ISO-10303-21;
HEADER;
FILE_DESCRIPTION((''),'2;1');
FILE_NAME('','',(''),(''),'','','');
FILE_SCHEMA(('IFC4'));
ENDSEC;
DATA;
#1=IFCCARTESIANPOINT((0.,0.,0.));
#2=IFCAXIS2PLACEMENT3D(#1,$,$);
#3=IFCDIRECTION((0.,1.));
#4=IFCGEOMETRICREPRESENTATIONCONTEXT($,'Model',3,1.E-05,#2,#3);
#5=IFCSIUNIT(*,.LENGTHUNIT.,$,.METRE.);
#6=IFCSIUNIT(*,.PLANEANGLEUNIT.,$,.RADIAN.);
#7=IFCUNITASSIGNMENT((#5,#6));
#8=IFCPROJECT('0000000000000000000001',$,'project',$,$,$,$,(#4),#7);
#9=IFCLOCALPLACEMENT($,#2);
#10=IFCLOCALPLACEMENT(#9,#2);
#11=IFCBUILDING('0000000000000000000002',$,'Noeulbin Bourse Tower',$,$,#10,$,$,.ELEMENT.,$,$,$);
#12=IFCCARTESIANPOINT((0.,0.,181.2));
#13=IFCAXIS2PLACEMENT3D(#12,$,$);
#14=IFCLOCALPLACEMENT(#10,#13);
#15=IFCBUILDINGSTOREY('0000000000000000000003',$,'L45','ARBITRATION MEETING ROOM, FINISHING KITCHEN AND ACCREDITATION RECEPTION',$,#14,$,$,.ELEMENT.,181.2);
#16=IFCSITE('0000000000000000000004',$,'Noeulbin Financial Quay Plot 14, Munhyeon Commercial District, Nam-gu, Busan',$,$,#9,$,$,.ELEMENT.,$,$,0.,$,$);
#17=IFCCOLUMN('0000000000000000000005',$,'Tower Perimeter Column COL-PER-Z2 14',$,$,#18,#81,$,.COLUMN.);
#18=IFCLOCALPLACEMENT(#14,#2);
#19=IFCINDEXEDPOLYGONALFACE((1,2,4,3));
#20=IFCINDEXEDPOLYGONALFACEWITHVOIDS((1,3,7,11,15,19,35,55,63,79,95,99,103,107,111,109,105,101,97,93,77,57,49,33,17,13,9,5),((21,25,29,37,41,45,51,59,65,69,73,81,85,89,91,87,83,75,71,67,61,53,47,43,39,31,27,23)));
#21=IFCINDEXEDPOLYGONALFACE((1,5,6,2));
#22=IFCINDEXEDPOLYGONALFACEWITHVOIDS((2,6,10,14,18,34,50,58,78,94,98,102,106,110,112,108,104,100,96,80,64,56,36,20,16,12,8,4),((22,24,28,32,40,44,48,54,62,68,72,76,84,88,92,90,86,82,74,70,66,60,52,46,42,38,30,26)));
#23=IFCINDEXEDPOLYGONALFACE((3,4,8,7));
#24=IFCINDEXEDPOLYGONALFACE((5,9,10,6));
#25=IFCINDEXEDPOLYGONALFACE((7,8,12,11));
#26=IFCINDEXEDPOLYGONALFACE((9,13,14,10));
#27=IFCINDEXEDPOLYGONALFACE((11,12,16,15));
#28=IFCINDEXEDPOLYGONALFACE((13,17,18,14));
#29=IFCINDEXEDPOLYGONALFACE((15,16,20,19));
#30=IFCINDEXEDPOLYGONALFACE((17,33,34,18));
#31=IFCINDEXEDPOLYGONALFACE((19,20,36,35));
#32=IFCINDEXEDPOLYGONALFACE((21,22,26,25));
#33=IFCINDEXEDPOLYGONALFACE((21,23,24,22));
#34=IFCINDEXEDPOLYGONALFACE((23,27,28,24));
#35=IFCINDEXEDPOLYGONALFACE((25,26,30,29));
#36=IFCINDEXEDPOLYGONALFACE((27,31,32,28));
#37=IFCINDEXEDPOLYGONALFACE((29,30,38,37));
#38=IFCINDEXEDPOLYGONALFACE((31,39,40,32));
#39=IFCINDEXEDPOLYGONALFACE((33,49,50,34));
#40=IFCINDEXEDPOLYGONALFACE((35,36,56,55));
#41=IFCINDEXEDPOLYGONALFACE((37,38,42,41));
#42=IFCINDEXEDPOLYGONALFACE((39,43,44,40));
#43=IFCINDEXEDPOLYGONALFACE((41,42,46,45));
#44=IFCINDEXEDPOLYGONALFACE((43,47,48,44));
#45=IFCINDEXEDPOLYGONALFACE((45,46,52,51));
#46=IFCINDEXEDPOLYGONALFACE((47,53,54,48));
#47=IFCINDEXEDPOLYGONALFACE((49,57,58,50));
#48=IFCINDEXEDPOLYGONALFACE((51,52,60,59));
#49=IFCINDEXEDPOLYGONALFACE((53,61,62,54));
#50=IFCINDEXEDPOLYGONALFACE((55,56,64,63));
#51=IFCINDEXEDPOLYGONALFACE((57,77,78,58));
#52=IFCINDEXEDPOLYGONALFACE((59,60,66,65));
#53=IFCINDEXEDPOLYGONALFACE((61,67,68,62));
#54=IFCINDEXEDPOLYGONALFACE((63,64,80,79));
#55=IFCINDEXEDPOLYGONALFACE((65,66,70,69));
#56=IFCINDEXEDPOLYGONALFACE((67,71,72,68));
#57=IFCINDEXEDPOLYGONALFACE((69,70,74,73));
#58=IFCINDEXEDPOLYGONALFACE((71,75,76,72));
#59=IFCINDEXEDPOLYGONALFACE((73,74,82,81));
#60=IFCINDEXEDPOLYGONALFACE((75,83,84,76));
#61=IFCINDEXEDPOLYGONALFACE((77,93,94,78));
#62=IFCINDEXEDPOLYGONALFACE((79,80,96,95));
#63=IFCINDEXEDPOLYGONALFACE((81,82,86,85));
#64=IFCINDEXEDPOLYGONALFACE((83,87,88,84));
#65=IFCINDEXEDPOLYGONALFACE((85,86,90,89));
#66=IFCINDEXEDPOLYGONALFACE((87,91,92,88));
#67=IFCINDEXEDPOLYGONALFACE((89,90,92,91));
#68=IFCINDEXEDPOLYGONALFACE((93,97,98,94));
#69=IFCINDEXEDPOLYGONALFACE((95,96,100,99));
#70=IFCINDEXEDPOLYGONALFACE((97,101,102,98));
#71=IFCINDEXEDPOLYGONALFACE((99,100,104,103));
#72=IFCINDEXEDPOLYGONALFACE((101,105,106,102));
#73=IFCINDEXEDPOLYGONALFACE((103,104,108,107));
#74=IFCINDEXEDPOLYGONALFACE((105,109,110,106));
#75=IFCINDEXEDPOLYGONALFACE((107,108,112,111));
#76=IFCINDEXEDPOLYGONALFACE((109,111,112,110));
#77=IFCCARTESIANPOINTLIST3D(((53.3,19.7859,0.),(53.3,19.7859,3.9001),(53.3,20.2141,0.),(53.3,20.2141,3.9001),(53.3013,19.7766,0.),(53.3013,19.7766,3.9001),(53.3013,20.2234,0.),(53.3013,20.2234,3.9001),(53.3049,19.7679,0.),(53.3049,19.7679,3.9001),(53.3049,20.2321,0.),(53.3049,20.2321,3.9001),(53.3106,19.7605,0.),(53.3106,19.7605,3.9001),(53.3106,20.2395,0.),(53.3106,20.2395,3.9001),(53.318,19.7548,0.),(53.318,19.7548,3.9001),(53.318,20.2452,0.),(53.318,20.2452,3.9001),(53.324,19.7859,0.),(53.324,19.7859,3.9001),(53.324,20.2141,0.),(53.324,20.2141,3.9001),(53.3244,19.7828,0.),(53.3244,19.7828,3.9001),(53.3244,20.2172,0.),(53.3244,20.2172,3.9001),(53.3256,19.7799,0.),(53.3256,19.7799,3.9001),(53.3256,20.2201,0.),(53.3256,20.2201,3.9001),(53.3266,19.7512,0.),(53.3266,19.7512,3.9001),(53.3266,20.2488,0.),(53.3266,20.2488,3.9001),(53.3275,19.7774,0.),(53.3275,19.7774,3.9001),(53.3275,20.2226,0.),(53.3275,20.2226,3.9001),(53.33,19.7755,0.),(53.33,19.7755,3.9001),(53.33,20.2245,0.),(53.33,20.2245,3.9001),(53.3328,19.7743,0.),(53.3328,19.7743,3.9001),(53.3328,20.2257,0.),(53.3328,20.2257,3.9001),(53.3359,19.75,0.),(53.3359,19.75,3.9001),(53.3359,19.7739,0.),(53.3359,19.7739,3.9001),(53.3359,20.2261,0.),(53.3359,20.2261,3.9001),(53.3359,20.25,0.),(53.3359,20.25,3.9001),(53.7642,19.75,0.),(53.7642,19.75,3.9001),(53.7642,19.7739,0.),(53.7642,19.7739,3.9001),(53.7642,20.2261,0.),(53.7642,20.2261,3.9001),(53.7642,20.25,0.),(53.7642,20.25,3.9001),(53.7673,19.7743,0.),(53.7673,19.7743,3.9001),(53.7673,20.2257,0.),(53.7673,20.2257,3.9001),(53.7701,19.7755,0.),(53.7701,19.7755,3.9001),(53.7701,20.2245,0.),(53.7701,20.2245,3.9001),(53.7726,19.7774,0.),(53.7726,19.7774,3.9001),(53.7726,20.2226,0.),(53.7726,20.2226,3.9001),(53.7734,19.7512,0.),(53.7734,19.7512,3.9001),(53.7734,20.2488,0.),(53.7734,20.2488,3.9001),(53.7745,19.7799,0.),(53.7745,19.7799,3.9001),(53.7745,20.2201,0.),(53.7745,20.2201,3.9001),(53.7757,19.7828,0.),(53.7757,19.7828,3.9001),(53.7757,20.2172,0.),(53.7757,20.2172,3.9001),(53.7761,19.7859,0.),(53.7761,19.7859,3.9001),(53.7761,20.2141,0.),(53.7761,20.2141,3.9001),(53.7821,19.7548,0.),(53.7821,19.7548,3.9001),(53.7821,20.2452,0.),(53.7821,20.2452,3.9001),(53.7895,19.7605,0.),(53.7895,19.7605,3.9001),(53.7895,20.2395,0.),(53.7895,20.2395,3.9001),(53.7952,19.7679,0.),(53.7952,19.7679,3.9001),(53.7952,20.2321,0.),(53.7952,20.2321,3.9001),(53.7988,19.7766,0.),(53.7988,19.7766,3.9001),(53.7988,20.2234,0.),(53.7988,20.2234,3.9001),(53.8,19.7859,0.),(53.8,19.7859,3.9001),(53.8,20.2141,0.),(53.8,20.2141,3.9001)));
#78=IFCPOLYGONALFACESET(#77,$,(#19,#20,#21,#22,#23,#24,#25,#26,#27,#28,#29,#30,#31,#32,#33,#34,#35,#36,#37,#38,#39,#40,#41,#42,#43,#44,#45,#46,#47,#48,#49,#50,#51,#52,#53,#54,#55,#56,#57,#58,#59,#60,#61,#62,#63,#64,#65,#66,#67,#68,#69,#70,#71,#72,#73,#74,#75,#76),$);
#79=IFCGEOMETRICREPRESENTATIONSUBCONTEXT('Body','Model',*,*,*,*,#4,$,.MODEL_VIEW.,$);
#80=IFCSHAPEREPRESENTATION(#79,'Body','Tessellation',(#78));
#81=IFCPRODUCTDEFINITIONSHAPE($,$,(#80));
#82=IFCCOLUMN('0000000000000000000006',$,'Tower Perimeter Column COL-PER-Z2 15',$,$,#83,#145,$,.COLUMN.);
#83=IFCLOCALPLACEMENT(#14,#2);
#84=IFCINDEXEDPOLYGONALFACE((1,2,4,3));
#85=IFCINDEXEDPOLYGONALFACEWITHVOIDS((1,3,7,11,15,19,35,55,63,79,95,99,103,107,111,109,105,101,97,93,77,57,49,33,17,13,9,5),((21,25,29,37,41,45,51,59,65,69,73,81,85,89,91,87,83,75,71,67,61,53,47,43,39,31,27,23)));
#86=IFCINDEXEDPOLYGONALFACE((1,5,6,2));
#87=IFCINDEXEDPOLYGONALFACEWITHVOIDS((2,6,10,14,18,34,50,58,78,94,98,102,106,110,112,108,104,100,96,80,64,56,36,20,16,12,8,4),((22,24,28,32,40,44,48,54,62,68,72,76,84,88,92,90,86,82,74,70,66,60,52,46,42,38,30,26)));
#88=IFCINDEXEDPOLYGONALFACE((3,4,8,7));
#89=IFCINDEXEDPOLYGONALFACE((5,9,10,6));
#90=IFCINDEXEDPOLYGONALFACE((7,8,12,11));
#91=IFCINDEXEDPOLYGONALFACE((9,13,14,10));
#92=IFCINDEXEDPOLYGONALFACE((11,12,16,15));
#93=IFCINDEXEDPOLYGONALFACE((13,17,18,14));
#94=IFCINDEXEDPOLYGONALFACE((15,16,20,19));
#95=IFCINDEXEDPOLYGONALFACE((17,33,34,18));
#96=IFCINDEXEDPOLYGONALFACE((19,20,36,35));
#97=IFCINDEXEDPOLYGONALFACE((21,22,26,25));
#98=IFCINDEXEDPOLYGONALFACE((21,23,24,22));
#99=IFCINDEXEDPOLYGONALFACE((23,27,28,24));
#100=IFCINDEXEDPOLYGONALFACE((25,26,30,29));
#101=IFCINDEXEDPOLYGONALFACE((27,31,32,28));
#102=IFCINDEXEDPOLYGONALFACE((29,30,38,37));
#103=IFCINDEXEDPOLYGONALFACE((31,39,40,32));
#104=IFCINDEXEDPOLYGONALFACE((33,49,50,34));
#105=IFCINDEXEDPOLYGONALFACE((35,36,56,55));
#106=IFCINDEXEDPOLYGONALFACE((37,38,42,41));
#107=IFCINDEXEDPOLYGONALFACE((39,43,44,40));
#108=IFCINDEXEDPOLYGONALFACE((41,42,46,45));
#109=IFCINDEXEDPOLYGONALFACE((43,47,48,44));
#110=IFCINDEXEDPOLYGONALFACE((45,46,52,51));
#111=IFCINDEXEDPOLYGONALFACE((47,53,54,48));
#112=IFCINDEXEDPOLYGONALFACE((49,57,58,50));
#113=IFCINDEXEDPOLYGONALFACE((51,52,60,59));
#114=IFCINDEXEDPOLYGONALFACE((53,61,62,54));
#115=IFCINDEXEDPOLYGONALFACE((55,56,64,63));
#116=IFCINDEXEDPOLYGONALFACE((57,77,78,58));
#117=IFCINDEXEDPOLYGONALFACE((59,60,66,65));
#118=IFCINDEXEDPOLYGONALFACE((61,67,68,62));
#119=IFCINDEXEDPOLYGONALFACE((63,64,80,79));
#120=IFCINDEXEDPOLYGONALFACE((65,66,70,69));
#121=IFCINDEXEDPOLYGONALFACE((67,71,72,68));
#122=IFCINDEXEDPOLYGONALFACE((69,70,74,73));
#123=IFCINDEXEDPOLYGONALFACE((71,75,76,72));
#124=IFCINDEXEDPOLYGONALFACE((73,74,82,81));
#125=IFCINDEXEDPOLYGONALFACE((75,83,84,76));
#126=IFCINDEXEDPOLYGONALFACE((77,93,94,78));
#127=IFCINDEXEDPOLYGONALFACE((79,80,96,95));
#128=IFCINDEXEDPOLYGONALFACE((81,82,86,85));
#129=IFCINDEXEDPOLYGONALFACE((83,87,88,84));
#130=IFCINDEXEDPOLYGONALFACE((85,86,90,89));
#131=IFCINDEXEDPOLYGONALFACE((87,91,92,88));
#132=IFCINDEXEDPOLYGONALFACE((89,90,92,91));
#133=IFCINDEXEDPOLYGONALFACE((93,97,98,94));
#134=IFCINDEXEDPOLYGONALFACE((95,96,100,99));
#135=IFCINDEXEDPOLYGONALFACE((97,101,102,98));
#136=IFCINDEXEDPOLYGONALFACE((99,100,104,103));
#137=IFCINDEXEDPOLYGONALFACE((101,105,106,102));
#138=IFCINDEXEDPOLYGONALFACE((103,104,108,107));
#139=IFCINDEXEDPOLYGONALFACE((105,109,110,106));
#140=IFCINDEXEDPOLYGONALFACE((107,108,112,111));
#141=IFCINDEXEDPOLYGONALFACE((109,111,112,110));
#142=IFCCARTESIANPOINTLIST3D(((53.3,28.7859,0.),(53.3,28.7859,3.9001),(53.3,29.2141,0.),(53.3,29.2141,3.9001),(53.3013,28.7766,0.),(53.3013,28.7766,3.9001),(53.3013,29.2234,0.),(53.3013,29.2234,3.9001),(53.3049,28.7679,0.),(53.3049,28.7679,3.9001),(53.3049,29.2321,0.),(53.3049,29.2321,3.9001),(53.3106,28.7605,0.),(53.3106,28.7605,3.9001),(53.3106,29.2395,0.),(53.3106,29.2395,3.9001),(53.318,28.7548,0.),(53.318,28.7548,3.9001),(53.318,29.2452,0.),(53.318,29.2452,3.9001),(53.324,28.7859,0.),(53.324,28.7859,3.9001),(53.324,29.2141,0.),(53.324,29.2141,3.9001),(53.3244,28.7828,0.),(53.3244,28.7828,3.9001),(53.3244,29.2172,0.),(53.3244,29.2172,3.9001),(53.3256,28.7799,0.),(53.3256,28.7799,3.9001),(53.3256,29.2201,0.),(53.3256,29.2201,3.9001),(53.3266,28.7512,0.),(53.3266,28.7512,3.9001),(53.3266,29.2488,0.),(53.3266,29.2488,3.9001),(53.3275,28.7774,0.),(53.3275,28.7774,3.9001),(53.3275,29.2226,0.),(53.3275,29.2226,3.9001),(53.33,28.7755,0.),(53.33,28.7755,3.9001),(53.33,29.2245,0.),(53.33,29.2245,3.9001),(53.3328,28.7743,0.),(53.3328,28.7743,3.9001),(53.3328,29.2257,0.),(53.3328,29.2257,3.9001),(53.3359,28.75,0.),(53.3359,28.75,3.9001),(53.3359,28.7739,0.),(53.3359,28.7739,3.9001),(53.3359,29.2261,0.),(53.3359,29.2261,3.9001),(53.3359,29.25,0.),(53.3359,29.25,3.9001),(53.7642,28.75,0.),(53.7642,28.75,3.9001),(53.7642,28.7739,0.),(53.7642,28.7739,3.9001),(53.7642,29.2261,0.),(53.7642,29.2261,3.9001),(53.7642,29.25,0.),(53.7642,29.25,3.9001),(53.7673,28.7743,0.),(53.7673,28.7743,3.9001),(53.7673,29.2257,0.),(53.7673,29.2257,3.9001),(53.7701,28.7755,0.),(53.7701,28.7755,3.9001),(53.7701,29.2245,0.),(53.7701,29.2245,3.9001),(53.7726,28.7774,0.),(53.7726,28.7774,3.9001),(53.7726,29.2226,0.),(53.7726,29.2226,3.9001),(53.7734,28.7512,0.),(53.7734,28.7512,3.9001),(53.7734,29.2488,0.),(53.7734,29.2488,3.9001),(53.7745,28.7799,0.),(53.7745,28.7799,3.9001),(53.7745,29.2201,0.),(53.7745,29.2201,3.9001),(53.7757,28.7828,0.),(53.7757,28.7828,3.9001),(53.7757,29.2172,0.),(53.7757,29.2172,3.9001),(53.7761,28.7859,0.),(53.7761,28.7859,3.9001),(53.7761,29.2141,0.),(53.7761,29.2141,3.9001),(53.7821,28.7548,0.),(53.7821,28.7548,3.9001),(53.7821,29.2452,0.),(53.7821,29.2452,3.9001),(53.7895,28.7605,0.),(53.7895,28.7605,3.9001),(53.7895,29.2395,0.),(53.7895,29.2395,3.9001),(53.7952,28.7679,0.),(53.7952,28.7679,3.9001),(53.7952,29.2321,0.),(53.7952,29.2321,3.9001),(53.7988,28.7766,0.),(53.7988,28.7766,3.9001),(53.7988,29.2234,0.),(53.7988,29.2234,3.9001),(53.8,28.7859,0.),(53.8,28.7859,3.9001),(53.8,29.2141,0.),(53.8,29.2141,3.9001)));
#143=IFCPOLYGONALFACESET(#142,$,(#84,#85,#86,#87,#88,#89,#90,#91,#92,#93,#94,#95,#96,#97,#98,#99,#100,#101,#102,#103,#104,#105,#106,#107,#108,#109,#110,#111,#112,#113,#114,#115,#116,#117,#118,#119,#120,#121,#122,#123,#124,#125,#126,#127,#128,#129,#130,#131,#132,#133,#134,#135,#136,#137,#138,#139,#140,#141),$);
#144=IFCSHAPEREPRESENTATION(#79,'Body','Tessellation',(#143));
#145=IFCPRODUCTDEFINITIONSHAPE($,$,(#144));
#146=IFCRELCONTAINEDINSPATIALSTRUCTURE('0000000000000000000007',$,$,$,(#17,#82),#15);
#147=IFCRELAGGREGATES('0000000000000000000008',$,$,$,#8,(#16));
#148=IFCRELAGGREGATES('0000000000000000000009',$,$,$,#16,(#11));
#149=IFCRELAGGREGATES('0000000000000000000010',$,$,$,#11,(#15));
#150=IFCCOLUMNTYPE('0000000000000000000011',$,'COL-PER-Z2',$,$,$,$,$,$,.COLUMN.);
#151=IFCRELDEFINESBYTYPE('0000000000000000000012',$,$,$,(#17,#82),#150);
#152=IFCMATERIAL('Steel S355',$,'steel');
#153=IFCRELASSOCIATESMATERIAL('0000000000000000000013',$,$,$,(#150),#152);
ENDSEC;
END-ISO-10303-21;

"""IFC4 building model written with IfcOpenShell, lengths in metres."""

from ifc_helpers import new_model, si_unit, direction, frame, origin, origin_2d, place, context, subcontext, project, spatial, hollow_rectangle, extrude, material, material_profile, profile_set, type_object, element, save


model = new_model("IFC4")

# Units and contexts
model_context = context("Model", 3, precision=1e-05, world=origin(), true_north=direction((0.0, 1.0)))
body_context = subcontext(model_context, "Body", "Model", "MODEL_VIEW")
ifc_project = project(units=[si_unit("LENGTHUNIT", "METRE"), si_unit("PLANEANGLEUNIT", "RADIAN")], contexts=[model_context])

# Site, building, storey
site_placement = place(None, origin())
site = spatial("IfcSite", under=ifc_project, at=site_placement, Name="Noeulbin Financial Quay Plot 14, Munhyeon Commercial District, Nam-gu, Busan", CompositionType="ELEMENT", RefElevation=0.0)
building_placement = place(site_placement, origin())
building = spatial("IfcBuilding", under=site, at=building_placement, Name="Noeulbin Bourse Tower", CompositionType="ELEMENT")
storey_placement = place(building_placement, frame((0.0, 0.0, 181.2)))
storey = spatial("IfcBuildingStorey", under=building, at=storey_placement, Name="L45", Description="ARBITRATION MEETING ROOM, FINISHING KITCHEN AND ACCREDITATION RECEPTION", CompositionType="ELEMENT", Elevation=181.2)

# Columns
ifc_material_1 = material(Name="Steel S355", Category="steel")
ifc_material_profile_1 = material_profile(ifc_material_1, hollow_rectangle(XDim=0.5, YDim=0.5, WallThickness=0.0239, InnerFilletRadius=0.012, OuterFilletRadius=0.0359, at=origin_2d()), Name="BOX-500x500x24", Category="LoadBearing")
ifc_profile_set_1 = profile_set([ifc_material_profile_1], Name="Steel S355")
column_type_1 = type_object("IfcColumnType", Name="COL-PER-Z2", PredefinedType="COLUMN", material=ifc_profile_set_1)
for number, where, z_axis, x_axis, name in (
    (1, (53.55, 20.0, 0.0), (0.0, 0.0, 1.0), (1.0, 0.0, 0.0), "Tower Perimeter Column COL-PER-Z2 14"),
    (2, (53.55, 29.0, 0.0), (0.0, 0.0, 1.0), (1.0, 0.0, 0.0), "Tower Perimeter Column COL-PER-Z2 15"),
):
    element("IfcColumn", number, at=place(storey_placement, frame(where, z_axis=z_axis, x_axis=x_axis)), inside=storey, type_object=column_type_1, Name=name, PredefinedType="COLUMN", context=body_context, shape_type="SweptSolid", body=[
        extrude(hollow_rectangle(XDim=0.5, YDim=0.5, WallThickness=0.0239, InnerFilletRadius=0.012, OuterFilletRadius=0.0359, at=origin_2d()), origin(), (0.0, 0.0, 1.0), 3.9001),
    ])

save(model, "model.ifc")
